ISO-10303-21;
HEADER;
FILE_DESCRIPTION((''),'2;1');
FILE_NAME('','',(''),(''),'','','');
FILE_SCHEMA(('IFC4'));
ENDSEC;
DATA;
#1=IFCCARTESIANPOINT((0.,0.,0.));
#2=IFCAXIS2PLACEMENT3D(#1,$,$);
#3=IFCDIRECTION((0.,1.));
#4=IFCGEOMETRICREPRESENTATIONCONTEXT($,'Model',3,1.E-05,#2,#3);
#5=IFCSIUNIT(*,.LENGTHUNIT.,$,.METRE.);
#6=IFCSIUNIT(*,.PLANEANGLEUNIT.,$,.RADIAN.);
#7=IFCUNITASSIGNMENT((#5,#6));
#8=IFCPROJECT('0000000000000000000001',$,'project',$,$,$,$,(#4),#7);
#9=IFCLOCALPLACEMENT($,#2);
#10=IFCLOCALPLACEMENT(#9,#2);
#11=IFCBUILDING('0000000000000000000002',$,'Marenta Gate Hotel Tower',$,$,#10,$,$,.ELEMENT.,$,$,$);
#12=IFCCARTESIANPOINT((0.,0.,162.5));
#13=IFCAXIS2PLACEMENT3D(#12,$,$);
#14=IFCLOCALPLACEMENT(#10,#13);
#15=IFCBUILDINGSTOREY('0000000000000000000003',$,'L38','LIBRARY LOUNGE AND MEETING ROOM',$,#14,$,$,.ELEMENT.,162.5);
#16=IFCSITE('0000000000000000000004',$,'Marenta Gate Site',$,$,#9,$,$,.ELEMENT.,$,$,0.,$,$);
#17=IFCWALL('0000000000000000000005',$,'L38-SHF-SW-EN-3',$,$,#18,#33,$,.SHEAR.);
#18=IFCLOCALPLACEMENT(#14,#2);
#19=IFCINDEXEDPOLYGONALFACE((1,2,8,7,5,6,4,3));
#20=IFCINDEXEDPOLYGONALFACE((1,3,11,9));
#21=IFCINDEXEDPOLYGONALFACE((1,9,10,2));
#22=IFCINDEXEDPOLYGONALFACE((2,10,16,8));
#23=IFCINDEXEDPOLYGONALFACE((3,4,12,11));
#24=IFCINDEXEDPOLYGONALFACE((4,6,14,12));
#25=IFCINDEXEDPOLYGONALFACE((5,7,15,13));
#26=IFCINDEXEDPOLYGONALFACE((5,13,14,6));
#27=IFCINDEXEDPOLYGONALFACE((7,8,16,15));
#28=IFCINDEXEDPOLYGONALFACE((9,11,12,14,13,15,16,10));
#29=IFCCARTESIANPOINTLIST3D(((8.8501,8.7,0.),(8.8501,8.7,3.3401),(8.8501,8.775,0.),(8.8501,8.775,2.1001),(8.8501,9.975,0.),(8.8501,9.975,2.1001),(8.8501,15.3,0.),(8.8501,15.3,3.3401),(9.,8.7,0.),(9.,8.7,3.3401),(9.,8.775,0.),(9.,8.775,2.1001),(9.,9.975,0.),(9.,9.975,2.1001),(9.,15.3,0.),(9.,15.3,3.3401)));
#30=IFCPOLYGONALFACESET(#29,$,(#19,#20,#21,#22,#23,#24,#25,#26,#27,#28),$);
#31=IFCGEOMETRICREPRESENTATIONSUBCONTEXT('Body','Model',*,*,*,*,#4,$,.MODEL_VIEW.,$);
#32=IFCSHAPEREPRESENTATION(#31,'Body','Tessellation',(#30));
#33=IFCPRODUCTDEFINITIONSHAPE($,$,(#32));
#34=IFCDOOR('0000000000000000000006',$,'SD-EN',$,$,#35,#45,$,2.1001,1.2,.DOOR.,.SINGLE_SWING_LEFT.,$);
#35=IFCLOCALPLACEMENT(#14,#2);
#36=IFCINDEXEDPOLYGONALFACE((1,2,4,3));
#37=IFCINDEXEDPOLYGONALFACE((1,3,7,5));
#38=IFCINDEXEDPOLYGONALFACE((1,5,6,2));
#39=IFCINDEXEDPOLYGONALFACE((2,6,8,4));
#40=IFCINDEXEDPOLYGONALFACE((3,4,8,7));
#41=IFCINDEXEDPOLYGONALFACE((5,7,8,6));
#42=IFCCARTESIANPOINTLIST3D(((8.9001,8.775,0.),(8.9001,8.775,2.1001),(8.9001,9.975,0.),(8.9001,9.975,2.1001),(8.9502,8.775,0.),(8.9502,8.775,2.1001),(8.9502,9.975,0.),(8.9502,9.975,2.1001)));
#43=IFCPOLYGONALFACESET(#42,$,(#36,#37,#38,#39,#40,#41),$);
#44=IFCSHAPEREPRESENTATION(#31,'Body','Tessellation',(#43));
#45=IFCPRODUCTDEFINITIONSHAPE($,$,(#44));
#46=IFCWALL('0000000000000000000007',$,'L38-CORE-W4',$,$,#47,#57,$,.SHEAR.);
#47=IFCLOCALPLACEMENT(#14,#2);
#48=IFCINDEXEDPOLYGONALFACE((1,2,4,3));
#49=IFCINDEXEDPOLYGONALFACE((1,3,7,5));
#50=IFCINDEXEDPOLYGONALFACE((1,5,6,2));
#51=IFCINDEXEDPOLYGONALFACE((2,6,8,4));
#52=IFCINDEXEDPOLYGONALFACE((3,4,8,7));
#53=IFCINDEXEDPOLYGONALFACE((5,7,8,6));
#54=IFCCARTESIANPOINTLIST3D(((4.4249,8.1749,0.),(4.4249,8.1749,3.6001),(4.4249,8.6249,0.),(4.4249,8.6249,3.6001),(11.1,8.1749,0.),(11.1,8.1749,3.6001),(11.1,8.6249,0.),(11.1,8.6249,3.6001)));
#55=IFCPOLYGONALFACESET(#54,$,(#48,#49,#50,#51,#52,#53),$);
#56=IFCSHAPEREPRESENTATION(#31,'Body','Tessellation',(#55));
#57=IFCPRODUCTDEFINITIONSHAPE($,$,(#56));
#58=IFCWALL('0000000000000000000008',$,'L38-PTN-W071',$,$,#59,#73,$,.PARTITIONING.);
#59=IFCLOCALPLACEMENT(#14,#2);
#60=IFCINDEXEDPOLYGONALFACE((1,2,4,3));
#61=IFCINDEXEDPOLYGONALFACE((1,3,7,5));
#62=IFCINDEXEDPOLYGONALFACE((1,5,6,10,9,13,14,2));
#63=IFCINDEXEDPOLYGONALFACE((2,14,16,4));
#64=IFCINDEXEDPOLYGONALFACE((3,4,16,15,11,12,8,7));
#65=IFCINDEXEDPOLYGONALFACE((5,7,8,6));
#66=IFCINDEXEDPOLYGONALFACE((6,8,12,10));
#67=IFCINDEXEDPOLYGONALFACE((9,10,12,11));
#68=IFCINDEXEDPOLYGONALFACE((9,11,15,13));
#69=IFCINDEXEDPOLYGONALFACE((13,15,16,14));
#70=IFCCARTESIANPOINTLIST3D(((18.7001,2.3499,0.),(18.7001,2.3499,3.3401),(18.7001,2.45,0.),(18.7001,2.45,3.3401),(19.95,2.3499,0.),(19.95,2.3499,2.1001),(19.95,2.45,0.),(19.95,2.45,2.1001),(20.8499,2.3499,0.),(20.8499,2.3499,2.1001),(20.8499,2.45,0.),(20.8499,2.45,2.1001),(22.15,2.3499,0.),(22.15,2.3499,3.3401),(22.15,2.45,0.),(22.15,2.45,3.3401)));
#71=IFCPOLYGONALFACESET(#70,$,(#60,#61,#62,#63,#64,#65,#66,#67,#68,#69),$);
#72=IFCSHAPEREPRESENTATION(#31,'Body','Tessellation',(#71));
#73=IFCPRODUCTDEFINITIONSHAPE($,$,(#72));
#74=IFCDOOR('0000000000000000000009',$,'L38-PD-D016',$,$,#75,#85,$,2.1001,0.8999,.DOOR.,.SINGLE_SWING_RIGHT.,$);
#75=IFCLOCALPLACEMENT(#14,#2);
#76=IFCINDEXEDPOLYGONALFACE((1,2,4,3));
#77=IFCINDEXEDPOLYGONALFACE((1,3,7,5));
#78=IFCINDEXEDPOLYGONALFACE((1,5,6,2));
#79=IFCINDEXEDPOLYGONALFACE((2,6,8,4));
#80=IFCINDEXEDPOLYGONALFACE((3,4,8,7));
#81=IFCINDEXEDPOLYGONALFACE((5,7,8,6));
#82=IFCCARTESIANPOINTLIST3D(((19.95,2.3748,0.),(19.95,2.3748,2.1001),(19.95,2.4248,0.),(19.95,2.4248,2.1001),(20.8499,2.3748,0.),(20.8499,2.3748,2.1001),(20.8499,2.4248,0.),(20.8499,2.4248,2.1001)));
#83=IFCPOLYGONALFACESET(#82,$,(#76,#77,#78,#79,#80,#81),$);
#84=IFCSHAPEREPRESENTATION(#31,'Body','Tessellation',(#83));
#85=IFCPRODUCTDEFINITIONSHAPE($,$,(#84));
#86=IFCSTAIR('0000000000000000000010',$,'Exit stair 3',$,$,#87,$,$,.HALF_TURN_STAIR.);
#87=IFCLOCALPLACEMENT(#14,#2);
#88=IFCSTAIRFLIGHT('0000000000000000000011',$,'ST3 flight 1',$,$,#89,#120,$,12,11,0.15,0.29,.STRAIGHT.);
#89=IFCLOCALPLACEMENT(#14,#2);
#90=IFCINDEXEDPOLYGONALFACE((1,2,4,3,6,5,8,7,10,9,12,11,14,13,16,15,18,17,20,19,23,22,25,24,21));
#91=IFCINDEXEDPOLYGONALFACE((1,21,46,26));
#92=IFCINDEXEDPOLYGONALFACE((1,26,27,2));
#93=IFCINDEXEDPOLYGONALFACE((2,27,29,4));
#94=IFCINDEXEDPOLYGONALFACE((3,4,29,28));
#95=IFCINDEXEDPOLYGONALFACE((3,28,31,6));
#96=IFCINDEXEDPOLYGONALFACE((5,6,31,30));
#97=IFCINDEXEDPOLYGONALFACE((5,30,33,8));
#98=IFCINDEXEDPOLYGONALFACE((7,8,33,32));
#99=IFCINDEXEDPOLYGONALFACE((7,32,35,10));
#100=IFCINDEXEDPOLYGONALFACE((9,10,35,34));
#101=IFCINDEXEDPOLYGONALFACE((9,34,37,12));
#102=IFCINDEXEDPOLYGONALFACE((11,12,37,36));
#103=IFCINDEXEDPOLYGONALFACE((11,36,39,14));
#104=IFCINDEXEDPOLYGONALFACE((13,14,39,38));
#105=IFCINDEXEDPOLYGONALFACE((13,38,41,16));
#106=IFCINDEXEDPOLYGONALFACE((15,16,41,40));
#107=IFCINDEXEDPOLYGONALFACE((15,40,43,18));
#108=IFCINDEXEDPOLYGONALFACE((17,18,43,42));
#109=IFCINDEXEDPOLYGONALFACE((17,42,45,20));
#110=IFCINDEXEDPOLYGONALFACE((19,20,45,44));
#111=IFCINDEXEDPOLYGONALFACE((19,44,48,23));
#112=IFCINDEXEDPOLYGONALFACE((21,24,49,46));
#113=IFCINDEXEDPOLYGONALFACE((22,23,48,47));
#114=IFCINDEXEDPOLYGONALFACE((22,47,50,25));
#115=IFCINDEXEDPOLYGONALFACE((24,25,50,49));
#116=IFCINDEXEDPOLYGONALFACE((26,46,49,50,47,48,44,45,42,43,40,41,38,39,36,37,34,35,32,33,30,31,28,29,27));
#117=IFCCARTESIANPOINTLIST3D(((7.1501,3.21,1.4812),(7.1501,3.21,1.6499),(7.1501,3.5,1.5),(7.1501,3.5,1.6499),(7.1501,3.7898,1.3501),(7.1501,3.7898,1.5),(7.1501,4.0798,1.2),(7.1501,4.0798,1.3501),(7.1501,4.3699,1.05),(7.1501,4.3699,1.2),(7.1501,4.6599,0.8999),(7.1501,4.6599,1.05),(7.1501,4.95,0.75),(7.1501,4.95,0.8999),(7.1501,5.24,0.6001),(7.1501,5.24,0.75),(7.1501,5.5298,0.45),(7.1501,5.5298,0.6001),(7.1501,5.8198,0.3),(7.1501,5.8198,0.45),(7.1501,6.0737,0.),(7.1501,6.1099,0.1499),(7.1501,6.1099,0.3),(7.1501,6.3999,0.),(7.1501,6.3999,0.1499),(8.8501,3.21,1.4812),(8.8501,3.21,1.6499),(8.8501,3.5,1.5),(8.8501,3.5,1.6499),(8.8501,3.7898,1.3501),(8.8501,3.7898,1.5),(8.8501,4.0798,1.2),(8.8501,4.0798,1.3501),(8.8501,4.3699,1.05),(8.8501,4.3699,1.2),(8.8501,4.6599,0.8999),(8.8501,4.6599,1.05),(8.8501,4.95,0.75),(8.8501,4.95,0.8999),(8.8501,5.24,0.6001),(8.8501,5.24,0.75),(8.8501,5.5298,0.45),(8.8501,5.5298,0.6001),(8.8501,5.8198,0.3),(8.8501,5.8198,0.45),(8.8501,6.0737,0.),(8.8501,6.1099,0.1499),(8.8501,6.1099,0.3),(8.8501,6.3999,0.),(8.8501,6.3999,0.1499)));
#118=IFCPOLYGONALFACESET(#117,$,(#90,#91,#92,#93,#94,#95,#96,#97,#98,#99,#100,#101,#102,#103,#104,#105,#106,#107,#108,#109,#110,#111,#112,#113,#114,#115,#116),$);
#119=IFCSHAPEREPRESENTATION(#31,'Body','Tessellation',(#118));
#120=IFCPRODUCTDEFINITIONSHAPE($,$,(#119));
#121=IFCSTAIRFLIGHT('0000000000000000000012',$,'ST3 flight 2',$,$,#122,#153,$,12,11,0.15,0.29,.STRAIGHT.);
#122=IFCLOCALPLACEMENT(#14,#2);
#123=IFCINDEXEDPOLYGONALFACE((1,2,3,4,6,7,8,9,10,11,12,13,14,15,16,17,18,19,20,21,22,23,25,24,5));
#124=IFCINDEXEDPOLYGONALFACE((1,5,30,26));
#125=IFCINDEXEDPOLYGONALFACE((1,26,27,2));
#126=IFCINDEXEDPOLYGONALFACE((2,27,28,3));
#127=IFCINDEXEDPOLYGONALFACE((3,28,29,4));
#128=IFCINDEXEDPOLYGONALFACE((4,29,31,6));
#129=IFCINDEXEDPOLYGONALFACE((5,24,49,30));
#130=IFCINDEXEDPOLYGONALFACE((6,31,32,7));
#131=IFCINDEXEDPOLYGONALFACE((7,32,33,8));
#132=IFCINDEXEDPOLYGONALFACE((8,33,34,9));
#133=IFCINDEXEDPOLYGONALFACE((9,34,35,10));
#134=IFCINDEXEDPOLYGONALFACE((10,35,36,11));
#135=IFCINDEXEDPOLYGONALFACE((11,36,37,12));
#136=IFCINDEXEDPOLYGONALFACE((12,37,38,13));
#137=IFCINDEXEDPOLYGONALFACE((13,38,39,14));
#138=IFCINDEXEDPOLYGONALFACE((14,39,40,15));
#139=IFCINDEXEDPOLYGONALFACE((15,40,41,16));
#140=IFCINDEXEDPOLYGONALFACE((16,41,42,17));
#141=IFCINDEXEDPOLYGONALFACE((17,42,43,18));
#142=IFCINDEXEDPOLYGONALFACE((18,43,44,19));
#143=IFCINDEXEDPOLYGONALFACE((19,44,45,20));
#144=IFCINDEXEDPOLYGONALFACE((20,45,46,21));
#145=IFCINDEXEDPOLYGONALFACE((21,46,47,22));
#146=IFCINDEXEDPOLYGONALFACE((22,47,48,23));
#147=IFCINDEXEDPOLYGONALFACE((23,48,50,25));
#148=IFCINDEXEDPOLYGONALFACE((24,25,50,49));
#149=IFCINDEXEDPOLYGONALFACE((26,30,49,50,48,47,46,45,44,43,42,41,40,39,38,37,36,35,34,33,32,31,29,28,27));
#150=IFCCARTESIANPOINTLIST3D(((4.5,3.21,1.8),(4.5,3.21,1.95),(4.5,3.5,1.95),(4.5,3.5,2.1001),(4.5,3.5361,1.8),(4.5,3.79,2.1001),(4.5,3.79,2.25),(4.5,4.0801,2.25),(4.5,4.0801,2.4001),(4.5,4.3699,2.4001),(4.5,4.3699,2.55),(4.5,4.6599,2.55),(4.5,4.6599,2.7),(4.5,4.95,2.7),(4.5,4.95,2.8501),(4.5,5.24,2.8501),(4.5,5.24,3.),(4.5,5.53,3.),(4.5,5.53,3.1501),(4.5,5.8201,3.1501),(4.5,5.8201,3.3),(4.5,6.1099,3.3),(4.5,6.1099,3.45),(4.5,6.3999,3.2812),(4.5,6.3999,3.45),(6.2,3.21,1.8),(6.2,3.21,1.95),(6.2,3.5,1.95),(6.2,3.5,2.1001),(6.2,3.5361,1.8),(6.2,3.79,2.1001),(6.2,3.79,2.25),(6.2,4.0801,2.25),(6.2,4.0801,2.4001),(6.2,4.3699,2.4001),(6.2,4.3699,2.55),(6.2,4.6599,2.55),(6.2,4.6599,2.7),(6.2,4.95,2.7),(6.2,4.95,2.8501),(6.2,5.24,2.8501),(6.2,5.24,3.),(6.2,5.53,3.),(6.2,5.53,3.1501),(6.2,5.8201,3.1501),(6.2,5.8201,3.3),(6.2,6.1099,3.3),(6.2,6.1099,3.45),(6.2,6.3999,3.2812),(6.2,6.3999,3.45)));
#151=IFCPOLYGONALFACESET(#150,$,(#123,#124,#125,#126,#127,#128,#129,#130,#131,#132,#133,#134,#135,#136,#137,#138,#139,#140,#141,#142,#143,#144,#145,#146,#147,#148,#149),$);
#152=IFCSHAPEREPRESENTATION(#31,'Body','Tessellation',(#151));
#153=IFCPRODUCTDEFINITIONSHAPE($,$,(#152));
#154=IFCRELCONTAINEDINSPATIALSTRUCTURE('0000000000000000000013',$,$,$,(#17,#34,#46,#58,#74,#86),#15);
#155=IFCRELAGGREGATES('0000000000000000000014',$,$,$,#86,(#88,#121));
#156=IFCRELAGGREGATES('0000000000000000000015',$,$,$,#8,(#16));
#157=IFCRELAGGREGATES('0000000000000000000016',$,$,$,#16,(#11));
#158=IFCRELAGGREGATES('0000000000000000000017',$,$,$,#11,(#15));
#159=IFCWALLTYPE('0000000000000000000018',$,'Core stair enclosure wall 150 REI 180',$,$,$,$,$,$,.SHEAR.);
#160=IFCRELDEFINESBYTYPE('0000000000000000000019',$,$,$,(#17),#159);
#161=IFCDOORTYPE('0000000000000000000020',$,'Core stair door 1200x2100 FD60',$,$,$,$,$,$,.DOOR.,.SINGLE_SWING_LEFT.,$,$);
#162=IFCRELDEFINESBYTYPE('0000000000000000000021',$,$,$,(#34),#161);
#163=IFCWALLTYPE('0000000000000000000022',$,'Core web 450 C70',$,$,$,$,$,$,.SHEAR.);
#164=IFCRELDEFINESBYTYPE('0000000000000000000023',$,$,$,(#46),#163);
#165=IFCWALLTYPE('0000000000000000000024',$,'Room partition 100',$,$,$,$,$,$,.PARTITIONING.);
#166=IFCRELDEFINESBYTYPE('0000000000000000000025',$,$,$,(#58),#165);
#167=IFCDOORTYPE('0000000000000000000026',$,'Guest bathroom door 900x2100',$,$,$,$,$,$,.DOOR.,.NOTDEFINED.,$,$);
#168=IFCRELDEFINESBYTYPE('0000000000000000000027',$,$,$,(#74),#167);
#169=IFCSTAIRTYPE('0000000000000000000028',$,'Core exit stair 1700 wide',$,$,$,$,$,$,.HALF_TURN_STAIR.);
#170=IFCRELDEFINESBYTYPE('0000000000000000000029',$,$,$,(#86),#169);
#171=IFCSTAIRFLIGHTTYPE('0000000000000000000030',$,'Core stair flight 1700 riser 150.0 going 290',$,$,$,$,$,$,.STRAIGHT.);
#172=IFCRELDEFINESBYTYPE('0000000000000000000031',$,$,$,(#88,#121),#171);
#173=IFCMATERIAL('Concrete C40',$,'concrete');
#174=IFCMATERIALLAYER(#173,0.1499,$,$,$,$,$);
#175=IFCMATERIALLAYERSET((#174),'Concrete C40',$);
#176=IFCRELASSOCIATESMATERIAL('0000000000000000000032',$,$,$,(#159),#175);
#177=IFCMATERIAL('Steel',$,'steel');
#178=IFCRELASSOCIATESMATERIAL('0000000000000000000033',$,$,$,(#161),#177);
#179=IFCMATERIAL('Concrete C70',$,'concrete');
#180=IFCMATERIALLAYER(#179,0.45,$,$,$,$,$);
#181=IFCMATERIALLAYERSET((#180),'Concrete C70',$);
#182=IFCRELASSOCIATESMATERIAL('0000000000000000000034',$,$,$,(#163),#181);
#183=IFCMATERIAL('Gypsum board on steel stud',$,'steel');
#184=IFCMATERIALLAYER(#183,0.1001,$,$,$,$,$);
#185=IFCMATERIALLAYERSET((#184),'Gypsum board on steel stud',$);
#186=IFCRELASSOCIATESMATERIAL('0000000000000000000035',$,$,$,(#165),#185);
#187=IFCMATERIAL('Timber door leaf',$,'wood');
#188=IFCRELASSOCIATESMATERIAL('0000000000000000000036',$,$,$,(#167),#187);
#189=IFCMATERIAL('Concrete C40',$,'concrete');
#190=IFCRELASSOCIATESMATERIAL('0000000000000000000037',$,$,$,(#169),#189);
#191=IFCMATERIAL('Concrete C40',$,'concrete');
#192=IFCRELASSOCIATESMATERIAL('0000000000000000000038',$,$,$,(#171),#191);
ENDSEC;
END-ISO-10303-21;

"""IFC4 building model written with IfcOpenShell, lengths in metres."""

from ifc_helpers import new_model, si_unit, direction, frame, frame_2d, origin, place, context, subcontext, project, spatial, polyline, rectangle, outline, extrude, material, layer, layer_set, type_object, element, fill, aggregate, save


model = new_model("IFC4")

# Units and contexts
model_context = context("Model", 3, precision=1e-05, world=origin(), true_north=direction((0.0, 1.0)))
body_context = subcontext(model_context, "Body", "Model", "MODEL_VIEW")
ifc_project = project(units=[si_unit("LENGTHUNIT", "METRE"), si_unit("PLANEANGLEUNIT", "RADIAN")], contexts=[model_context])

# Site, building, storey
site_placement = place(None, origin())
site = spatial("IfcSite", under=ifc_project, at=site_placement, Name="Marenta Gate Site", CompositionType="ELEMENT", RefElevation=0.0)
building_placement = place(site_placement, origin())
building = spatial("IfcBuilding", under=site, at=building_placement, Name="Marenta Gate Hotel Tower", CompositionType="ELEMENT")
storey_placement = place(building_placement, frame((0.0, 0.0, 162.5)))
storey = spatial("IfcBuildingStorey", under=building, at=storey_placement, Name="L38", Description="LIBRARY LOUNGE AND MEETING ROOM", CompositionType="ELEMENT", Elevation=162.5)

# Wall, opening, door
ifc_material_1 = material(Name="Concrete C40", Category="concrete")
ifc_layer_1 = layer(ifc_material_1, 0.1499)
ifc_layer_set_1 = layer_set([ifc_layer_1], Name="Concrete C40")
wall_type_1 = type_object("IfcWallType", Name="Core stair enclosure wall 150 REI 180", PredefinedType="SHEAR", material=ifc_layer_set_1)
ifc_material_2 = material(Name="Steel", Category="steel")
door_type_1 = type_object("IfcDoorType", Name="Core stair door 1200x2100 FD60", OperationType="SINGLE_SWING_LEFT", PredefinedType="DOOR", material=ifc_material_2)
wall_1_placement = place(storey_placement, frame((8.925, 8.7, 0.0), z_axis=(0.0, 0.0, 1.0), x_axis=(0.0, 1.0, 0.0)))
wall_1 = element("IfcWall", 1, at=wall_1_placement, inside=storey, type_object=wall_type_1, Name="L38-SHF-SW-EN-3", PredefinedType="SHEAR", context=body_context, shape_type="SweptSolid", body=[
    extrude(rectangle(XDim=6.6001, YDim=0.1499, at=frame_2d((3.3, 0.0))), origin(), (0.0, 0.0, 1.0), 3.3401),
])
opening_1_placement = place(wall_1_placement, frame((0.075, 0.0, 0.0)))
opening_1 = element("IfcOpeningElement", 2, at=opening_1_placement, cuts=wall_1, PredefinedType="OPENING", context=body_context, shape_type="SweptSolid", body=[
    extrude(rectangle(XDim=1.2, YDim=2.1001, at=frame_2d((0.6001, 1.05))), frame((0.0, 0.075, 0.0), z_axis=(0.0, -1.0, 0.0), x_axis=(1.0, 0.0, 0.0)), (0.0, 0.0, 1.0), 0.1499),
])
door_1_placement = place(opening_1_placement, origin())
door_1 = element("IfcDoor", 3, at=door_1_placement, inside=storey, type_object=door_type_1, Name="SD-EN", OperationType="SINGLE_SWING_LEFT", OverallHeight=2.1001, OverallWidth=1.2, PredefinedType="DOOR", context=body_context, shape_type="SweptSolid", body=[
    extrude(rectangle(XDim=1.2, YDim=2.1001, at=frame_2d((0.6001, 1.05))), frame((0.0, 0.0249, 0.0), z_axis=(0.0, -1.0, 0.0), x_axis=(1.0, 0.0, 0.0)), (0.0, 0.0, 1.0), 0.05),
])
fill(opening_1, door_1)
ifc_material_3 = material(Name="Concrete C70", Category="concrete")
ifc_layer_2 = layer(ifc_material_3, 0.45)
ifc_layer_set_2 = layer_set([ifc_layer_2], Name="Concrete C70")
wall_type_2 = type_object("IfcWallType", Name="Core web 450 C70", PredefinedType="SHEAR", material=ifc_layer_set_2)

# Wall
wall_2_placement = place(storey_placement, frame((4.425, 8.3999, 0.0), z_axis=(0.0, 0.0, 1.0), x_axis=(1.0, 0.0, 0.0)))
element("IfcWall", 4, at=wall_2_placement, inside=storey, type_object=wall_type_2, Name="L38-CORE-W4", PredefinedType="SHEAR", context=body_context, shape_type="SweptSolid", body=[
    extrude(rectangle(XDim=6.675, YDim=0.45, at=frame_2d((3.3374, 0.0))), origin(), (0.0, 0.0, 1.0), 3.6001),
])

# Wall, opening, door
ifc_material_4 = material(Name="Gypsum board on steel stud", Category="steel")
ifc_layer_3 = layer(ifc_material_4, 0.1001)
ifc_layer_set_3 = layer_set([ifc_layer_3], Name="Gypsum board on steel stud")
wall_type_3 = type_object("IfcWallType", Name="Room partition 100", PredefinedType="PARTITIONING", material=ifc_layer_set_3)
wall_3_placement = place(storey_placement, frame((18.7, 2.3999, 0.0), z_axis=(0.0, 0.0, 1.0), x_axis=(1.0, 0.0, 0.0)))
wall_3 = element("IfcWall", 5, at=wall_3_placement, inside=storey, type_object=wall_type_3, Name="L38-PTN-W071", PredefinedType="PARTITIONING", context=body_context, shape_type="SweptSolid", body=[
    extrude(rectangle(XDim=3.45, YDim=0.1001, at=frame_2d((1.7251, 0.0))), origin(), (0.0, 0.0, 1.0), 3.3401),
])
opening_2_placement = place(wall_3_placement, frame((1.25, 0.0, 0.0)))
opening_2 = element("IfcOpeningElement", 6, at=opening_2_placement, cuts=wall_3, PredefinedType="OPENING", context=body_context, shape_type="SweptSolid", body=[
    extrude(rectangle(XDim=0.8999, YDim=2.1001, at=frame_2d((0.45, 1.05))), frame((0.0, 0.05, 0.0), z_axis=(0.0, -1.0, 0.0), x_axis=(1.0, 0.0, 0.0)), (0.0, 0.0, 1.0), 0.1001),
])
ifc_material_5 = material(Name="Timber door leaf", Category="wood")
door_type_2 = type_object("IfcDoorType", Name="Guest bathroom door 900x2100", OperationType="NOTDEFINED", PredefinedType="DOOR", material=ifc_material_5)
door_2_placement = place(opening_2_placement, origin())
door_2 = element("IfcDoor", 7, at=door_2_placement, inside=storey, type_object=door_type_2, Name="L38-PD-D016", OperationType="SINGLE_SWING_RIGHT", OverallHeight=2.1001, OverallWidth=0.8999, PredefinedType="DOOR", context=body_context, shape_type="SweptSolid", body=[
    extrude(rectangle(XDim=0.8999, YDim=2.1001, at=frame_2d((0.45, 1.05))), frame((0.0, 0.0249, 0.0), z_axis=(0.0, -1.0, 0.0), x_axis=(1.0, 0.0, 0.0)), (0.0, 0.0, 1.0), 0.05),
])
fill(opening_2, door_2)

# Stair, stair flights
ifc_material_6 = material(Name="Concrete C40", Category="concrete")
stair_type = type_object("IfcStairType", Name="Core exit stair 1700 wide", PredefinedType="HALF_TURN_STAIR", material=ifc_material_6)
stair_1_placement = place(storey_placement, origin())
stair_1 = element("IfcStair", 8, at=stair_1_placement, inside=storey, type_object=stair_type, Name="Exit stair 3", PredefinedType="HALF_TURN_STAIR")
ifc_material_7 = material(Name="Concrete C40", Category="concrete")
stair_flight_type = type_object("IfcStairFlightType", Name="Core stair flight 1700 riser 150.0 going 290", PredefinedType="STRAIGHT", material=ifc_material_7)
stair_flight_1_placement = place(storey_placement, frame((8.0, 6.3999, 0.0), z_axis=(0.0, 0.0, 1.0), x_axis=(0.0, -1.0, 0.0)))
stair_flight_1 = element("IfcStairFlight", 9, at=stair_flight_1_placement, type_object=stair_flight_type, Name="ST3 flight 1", NumberOfRisers=12, NumberOfTreads=11, PredefinedType="STRAIGHT", RiserHeight=0.15, TreadLength=0.29, context=body_context, shape_type="SweptSolid", body=[
    extrude(outline(polyline([(0.0, 0.0), (0.0, 0.1499), (0.29, 0.1499), (0.29, 0.3), (0.5801, 0.3), (0.5801, 0.45), (0.8701, 0.45), (0.8701, 0.6001), (1.1599, 0.6001), (1.1599, 0.75), (1.45, 0.75), (1.45, 0.8999), (1.74, 0.8999), (1.74, 1.05), (2.03, 1.05), (2.03, 1.2), (2.3201, 1.2), (2.3201, 1.3501), (2.6101, 1.3501), (2.6101, 1.5), (2.8999, 1.5), (2.8999, 1.6499), (3.1899, 1.6499), (3.1899, 1.8), (3.1899, 1.4812), (0.3262, 0.0), (0.0, 0.0)])), frame((0.0, 0.8501, 0.0), z_axis=(0.0, -1.0, 0.0), x_axis=(1.0, 0.0, 0.0)), (0.0, 0.0, 1.0), 1.7),
])
stair_flight_2_placement = place(storey_placement, frame((5.3501, 3.21, 1.8), z_axis=(0.0, 0.0, 1.0), x_axis=(0.0, 1.0, 0.0)))
stair_flight_2 = element("IfcStairFlight", 10, at=stair_flight_2_placement, type_object=stair_flight_type, Name="ST3 flight 2", NumberOfRisers=12, NumberOfTreads=11, PredefinedType="STRAIGHT", RiserHeight=0.15, TreadLength=0.29, context=body_context, shape_type="SweptSolid", body=[
    extrude(outline(polyline([(0.0, 0.0), (0.0, 0.1499), (0.29, 0.1499), (0.29, 0.3), (0.5801, 0.3), (0.5801, 0.45), (0.8701, 0.45), (0.8701, 0.6001), (1.1599, 0.6001), (1.1599, 0.75), (1.45, 0.75), (1.45, 0.8999), (1.74, 0.8999), (1.74, 1.05), (2.03, 1.05), (2.03, 1.2), (2.3201, 1.2), (2.3201, 1.3501), (2.6101, 1.3501), (2.6101, 1.5), (2.8999, 1.5), (2.8999, 1.6499), (3.1899, 1.6499), (3.1899, 1.8), (3.1899, 1.4812), (0.3262, 0.0), (0.0, 0.0)])), frame((0.0, 0.8501, 0.0), z_axis=(0.0, -1.0, 0.0), x_axis=(1.0, 0.0, 0.0)), (0.0, 0.0, 1.0), 1.7),
])
aggregate(stair_1, [stair_flight_1, stair_flight_2])

save(model, "model.ifc")
